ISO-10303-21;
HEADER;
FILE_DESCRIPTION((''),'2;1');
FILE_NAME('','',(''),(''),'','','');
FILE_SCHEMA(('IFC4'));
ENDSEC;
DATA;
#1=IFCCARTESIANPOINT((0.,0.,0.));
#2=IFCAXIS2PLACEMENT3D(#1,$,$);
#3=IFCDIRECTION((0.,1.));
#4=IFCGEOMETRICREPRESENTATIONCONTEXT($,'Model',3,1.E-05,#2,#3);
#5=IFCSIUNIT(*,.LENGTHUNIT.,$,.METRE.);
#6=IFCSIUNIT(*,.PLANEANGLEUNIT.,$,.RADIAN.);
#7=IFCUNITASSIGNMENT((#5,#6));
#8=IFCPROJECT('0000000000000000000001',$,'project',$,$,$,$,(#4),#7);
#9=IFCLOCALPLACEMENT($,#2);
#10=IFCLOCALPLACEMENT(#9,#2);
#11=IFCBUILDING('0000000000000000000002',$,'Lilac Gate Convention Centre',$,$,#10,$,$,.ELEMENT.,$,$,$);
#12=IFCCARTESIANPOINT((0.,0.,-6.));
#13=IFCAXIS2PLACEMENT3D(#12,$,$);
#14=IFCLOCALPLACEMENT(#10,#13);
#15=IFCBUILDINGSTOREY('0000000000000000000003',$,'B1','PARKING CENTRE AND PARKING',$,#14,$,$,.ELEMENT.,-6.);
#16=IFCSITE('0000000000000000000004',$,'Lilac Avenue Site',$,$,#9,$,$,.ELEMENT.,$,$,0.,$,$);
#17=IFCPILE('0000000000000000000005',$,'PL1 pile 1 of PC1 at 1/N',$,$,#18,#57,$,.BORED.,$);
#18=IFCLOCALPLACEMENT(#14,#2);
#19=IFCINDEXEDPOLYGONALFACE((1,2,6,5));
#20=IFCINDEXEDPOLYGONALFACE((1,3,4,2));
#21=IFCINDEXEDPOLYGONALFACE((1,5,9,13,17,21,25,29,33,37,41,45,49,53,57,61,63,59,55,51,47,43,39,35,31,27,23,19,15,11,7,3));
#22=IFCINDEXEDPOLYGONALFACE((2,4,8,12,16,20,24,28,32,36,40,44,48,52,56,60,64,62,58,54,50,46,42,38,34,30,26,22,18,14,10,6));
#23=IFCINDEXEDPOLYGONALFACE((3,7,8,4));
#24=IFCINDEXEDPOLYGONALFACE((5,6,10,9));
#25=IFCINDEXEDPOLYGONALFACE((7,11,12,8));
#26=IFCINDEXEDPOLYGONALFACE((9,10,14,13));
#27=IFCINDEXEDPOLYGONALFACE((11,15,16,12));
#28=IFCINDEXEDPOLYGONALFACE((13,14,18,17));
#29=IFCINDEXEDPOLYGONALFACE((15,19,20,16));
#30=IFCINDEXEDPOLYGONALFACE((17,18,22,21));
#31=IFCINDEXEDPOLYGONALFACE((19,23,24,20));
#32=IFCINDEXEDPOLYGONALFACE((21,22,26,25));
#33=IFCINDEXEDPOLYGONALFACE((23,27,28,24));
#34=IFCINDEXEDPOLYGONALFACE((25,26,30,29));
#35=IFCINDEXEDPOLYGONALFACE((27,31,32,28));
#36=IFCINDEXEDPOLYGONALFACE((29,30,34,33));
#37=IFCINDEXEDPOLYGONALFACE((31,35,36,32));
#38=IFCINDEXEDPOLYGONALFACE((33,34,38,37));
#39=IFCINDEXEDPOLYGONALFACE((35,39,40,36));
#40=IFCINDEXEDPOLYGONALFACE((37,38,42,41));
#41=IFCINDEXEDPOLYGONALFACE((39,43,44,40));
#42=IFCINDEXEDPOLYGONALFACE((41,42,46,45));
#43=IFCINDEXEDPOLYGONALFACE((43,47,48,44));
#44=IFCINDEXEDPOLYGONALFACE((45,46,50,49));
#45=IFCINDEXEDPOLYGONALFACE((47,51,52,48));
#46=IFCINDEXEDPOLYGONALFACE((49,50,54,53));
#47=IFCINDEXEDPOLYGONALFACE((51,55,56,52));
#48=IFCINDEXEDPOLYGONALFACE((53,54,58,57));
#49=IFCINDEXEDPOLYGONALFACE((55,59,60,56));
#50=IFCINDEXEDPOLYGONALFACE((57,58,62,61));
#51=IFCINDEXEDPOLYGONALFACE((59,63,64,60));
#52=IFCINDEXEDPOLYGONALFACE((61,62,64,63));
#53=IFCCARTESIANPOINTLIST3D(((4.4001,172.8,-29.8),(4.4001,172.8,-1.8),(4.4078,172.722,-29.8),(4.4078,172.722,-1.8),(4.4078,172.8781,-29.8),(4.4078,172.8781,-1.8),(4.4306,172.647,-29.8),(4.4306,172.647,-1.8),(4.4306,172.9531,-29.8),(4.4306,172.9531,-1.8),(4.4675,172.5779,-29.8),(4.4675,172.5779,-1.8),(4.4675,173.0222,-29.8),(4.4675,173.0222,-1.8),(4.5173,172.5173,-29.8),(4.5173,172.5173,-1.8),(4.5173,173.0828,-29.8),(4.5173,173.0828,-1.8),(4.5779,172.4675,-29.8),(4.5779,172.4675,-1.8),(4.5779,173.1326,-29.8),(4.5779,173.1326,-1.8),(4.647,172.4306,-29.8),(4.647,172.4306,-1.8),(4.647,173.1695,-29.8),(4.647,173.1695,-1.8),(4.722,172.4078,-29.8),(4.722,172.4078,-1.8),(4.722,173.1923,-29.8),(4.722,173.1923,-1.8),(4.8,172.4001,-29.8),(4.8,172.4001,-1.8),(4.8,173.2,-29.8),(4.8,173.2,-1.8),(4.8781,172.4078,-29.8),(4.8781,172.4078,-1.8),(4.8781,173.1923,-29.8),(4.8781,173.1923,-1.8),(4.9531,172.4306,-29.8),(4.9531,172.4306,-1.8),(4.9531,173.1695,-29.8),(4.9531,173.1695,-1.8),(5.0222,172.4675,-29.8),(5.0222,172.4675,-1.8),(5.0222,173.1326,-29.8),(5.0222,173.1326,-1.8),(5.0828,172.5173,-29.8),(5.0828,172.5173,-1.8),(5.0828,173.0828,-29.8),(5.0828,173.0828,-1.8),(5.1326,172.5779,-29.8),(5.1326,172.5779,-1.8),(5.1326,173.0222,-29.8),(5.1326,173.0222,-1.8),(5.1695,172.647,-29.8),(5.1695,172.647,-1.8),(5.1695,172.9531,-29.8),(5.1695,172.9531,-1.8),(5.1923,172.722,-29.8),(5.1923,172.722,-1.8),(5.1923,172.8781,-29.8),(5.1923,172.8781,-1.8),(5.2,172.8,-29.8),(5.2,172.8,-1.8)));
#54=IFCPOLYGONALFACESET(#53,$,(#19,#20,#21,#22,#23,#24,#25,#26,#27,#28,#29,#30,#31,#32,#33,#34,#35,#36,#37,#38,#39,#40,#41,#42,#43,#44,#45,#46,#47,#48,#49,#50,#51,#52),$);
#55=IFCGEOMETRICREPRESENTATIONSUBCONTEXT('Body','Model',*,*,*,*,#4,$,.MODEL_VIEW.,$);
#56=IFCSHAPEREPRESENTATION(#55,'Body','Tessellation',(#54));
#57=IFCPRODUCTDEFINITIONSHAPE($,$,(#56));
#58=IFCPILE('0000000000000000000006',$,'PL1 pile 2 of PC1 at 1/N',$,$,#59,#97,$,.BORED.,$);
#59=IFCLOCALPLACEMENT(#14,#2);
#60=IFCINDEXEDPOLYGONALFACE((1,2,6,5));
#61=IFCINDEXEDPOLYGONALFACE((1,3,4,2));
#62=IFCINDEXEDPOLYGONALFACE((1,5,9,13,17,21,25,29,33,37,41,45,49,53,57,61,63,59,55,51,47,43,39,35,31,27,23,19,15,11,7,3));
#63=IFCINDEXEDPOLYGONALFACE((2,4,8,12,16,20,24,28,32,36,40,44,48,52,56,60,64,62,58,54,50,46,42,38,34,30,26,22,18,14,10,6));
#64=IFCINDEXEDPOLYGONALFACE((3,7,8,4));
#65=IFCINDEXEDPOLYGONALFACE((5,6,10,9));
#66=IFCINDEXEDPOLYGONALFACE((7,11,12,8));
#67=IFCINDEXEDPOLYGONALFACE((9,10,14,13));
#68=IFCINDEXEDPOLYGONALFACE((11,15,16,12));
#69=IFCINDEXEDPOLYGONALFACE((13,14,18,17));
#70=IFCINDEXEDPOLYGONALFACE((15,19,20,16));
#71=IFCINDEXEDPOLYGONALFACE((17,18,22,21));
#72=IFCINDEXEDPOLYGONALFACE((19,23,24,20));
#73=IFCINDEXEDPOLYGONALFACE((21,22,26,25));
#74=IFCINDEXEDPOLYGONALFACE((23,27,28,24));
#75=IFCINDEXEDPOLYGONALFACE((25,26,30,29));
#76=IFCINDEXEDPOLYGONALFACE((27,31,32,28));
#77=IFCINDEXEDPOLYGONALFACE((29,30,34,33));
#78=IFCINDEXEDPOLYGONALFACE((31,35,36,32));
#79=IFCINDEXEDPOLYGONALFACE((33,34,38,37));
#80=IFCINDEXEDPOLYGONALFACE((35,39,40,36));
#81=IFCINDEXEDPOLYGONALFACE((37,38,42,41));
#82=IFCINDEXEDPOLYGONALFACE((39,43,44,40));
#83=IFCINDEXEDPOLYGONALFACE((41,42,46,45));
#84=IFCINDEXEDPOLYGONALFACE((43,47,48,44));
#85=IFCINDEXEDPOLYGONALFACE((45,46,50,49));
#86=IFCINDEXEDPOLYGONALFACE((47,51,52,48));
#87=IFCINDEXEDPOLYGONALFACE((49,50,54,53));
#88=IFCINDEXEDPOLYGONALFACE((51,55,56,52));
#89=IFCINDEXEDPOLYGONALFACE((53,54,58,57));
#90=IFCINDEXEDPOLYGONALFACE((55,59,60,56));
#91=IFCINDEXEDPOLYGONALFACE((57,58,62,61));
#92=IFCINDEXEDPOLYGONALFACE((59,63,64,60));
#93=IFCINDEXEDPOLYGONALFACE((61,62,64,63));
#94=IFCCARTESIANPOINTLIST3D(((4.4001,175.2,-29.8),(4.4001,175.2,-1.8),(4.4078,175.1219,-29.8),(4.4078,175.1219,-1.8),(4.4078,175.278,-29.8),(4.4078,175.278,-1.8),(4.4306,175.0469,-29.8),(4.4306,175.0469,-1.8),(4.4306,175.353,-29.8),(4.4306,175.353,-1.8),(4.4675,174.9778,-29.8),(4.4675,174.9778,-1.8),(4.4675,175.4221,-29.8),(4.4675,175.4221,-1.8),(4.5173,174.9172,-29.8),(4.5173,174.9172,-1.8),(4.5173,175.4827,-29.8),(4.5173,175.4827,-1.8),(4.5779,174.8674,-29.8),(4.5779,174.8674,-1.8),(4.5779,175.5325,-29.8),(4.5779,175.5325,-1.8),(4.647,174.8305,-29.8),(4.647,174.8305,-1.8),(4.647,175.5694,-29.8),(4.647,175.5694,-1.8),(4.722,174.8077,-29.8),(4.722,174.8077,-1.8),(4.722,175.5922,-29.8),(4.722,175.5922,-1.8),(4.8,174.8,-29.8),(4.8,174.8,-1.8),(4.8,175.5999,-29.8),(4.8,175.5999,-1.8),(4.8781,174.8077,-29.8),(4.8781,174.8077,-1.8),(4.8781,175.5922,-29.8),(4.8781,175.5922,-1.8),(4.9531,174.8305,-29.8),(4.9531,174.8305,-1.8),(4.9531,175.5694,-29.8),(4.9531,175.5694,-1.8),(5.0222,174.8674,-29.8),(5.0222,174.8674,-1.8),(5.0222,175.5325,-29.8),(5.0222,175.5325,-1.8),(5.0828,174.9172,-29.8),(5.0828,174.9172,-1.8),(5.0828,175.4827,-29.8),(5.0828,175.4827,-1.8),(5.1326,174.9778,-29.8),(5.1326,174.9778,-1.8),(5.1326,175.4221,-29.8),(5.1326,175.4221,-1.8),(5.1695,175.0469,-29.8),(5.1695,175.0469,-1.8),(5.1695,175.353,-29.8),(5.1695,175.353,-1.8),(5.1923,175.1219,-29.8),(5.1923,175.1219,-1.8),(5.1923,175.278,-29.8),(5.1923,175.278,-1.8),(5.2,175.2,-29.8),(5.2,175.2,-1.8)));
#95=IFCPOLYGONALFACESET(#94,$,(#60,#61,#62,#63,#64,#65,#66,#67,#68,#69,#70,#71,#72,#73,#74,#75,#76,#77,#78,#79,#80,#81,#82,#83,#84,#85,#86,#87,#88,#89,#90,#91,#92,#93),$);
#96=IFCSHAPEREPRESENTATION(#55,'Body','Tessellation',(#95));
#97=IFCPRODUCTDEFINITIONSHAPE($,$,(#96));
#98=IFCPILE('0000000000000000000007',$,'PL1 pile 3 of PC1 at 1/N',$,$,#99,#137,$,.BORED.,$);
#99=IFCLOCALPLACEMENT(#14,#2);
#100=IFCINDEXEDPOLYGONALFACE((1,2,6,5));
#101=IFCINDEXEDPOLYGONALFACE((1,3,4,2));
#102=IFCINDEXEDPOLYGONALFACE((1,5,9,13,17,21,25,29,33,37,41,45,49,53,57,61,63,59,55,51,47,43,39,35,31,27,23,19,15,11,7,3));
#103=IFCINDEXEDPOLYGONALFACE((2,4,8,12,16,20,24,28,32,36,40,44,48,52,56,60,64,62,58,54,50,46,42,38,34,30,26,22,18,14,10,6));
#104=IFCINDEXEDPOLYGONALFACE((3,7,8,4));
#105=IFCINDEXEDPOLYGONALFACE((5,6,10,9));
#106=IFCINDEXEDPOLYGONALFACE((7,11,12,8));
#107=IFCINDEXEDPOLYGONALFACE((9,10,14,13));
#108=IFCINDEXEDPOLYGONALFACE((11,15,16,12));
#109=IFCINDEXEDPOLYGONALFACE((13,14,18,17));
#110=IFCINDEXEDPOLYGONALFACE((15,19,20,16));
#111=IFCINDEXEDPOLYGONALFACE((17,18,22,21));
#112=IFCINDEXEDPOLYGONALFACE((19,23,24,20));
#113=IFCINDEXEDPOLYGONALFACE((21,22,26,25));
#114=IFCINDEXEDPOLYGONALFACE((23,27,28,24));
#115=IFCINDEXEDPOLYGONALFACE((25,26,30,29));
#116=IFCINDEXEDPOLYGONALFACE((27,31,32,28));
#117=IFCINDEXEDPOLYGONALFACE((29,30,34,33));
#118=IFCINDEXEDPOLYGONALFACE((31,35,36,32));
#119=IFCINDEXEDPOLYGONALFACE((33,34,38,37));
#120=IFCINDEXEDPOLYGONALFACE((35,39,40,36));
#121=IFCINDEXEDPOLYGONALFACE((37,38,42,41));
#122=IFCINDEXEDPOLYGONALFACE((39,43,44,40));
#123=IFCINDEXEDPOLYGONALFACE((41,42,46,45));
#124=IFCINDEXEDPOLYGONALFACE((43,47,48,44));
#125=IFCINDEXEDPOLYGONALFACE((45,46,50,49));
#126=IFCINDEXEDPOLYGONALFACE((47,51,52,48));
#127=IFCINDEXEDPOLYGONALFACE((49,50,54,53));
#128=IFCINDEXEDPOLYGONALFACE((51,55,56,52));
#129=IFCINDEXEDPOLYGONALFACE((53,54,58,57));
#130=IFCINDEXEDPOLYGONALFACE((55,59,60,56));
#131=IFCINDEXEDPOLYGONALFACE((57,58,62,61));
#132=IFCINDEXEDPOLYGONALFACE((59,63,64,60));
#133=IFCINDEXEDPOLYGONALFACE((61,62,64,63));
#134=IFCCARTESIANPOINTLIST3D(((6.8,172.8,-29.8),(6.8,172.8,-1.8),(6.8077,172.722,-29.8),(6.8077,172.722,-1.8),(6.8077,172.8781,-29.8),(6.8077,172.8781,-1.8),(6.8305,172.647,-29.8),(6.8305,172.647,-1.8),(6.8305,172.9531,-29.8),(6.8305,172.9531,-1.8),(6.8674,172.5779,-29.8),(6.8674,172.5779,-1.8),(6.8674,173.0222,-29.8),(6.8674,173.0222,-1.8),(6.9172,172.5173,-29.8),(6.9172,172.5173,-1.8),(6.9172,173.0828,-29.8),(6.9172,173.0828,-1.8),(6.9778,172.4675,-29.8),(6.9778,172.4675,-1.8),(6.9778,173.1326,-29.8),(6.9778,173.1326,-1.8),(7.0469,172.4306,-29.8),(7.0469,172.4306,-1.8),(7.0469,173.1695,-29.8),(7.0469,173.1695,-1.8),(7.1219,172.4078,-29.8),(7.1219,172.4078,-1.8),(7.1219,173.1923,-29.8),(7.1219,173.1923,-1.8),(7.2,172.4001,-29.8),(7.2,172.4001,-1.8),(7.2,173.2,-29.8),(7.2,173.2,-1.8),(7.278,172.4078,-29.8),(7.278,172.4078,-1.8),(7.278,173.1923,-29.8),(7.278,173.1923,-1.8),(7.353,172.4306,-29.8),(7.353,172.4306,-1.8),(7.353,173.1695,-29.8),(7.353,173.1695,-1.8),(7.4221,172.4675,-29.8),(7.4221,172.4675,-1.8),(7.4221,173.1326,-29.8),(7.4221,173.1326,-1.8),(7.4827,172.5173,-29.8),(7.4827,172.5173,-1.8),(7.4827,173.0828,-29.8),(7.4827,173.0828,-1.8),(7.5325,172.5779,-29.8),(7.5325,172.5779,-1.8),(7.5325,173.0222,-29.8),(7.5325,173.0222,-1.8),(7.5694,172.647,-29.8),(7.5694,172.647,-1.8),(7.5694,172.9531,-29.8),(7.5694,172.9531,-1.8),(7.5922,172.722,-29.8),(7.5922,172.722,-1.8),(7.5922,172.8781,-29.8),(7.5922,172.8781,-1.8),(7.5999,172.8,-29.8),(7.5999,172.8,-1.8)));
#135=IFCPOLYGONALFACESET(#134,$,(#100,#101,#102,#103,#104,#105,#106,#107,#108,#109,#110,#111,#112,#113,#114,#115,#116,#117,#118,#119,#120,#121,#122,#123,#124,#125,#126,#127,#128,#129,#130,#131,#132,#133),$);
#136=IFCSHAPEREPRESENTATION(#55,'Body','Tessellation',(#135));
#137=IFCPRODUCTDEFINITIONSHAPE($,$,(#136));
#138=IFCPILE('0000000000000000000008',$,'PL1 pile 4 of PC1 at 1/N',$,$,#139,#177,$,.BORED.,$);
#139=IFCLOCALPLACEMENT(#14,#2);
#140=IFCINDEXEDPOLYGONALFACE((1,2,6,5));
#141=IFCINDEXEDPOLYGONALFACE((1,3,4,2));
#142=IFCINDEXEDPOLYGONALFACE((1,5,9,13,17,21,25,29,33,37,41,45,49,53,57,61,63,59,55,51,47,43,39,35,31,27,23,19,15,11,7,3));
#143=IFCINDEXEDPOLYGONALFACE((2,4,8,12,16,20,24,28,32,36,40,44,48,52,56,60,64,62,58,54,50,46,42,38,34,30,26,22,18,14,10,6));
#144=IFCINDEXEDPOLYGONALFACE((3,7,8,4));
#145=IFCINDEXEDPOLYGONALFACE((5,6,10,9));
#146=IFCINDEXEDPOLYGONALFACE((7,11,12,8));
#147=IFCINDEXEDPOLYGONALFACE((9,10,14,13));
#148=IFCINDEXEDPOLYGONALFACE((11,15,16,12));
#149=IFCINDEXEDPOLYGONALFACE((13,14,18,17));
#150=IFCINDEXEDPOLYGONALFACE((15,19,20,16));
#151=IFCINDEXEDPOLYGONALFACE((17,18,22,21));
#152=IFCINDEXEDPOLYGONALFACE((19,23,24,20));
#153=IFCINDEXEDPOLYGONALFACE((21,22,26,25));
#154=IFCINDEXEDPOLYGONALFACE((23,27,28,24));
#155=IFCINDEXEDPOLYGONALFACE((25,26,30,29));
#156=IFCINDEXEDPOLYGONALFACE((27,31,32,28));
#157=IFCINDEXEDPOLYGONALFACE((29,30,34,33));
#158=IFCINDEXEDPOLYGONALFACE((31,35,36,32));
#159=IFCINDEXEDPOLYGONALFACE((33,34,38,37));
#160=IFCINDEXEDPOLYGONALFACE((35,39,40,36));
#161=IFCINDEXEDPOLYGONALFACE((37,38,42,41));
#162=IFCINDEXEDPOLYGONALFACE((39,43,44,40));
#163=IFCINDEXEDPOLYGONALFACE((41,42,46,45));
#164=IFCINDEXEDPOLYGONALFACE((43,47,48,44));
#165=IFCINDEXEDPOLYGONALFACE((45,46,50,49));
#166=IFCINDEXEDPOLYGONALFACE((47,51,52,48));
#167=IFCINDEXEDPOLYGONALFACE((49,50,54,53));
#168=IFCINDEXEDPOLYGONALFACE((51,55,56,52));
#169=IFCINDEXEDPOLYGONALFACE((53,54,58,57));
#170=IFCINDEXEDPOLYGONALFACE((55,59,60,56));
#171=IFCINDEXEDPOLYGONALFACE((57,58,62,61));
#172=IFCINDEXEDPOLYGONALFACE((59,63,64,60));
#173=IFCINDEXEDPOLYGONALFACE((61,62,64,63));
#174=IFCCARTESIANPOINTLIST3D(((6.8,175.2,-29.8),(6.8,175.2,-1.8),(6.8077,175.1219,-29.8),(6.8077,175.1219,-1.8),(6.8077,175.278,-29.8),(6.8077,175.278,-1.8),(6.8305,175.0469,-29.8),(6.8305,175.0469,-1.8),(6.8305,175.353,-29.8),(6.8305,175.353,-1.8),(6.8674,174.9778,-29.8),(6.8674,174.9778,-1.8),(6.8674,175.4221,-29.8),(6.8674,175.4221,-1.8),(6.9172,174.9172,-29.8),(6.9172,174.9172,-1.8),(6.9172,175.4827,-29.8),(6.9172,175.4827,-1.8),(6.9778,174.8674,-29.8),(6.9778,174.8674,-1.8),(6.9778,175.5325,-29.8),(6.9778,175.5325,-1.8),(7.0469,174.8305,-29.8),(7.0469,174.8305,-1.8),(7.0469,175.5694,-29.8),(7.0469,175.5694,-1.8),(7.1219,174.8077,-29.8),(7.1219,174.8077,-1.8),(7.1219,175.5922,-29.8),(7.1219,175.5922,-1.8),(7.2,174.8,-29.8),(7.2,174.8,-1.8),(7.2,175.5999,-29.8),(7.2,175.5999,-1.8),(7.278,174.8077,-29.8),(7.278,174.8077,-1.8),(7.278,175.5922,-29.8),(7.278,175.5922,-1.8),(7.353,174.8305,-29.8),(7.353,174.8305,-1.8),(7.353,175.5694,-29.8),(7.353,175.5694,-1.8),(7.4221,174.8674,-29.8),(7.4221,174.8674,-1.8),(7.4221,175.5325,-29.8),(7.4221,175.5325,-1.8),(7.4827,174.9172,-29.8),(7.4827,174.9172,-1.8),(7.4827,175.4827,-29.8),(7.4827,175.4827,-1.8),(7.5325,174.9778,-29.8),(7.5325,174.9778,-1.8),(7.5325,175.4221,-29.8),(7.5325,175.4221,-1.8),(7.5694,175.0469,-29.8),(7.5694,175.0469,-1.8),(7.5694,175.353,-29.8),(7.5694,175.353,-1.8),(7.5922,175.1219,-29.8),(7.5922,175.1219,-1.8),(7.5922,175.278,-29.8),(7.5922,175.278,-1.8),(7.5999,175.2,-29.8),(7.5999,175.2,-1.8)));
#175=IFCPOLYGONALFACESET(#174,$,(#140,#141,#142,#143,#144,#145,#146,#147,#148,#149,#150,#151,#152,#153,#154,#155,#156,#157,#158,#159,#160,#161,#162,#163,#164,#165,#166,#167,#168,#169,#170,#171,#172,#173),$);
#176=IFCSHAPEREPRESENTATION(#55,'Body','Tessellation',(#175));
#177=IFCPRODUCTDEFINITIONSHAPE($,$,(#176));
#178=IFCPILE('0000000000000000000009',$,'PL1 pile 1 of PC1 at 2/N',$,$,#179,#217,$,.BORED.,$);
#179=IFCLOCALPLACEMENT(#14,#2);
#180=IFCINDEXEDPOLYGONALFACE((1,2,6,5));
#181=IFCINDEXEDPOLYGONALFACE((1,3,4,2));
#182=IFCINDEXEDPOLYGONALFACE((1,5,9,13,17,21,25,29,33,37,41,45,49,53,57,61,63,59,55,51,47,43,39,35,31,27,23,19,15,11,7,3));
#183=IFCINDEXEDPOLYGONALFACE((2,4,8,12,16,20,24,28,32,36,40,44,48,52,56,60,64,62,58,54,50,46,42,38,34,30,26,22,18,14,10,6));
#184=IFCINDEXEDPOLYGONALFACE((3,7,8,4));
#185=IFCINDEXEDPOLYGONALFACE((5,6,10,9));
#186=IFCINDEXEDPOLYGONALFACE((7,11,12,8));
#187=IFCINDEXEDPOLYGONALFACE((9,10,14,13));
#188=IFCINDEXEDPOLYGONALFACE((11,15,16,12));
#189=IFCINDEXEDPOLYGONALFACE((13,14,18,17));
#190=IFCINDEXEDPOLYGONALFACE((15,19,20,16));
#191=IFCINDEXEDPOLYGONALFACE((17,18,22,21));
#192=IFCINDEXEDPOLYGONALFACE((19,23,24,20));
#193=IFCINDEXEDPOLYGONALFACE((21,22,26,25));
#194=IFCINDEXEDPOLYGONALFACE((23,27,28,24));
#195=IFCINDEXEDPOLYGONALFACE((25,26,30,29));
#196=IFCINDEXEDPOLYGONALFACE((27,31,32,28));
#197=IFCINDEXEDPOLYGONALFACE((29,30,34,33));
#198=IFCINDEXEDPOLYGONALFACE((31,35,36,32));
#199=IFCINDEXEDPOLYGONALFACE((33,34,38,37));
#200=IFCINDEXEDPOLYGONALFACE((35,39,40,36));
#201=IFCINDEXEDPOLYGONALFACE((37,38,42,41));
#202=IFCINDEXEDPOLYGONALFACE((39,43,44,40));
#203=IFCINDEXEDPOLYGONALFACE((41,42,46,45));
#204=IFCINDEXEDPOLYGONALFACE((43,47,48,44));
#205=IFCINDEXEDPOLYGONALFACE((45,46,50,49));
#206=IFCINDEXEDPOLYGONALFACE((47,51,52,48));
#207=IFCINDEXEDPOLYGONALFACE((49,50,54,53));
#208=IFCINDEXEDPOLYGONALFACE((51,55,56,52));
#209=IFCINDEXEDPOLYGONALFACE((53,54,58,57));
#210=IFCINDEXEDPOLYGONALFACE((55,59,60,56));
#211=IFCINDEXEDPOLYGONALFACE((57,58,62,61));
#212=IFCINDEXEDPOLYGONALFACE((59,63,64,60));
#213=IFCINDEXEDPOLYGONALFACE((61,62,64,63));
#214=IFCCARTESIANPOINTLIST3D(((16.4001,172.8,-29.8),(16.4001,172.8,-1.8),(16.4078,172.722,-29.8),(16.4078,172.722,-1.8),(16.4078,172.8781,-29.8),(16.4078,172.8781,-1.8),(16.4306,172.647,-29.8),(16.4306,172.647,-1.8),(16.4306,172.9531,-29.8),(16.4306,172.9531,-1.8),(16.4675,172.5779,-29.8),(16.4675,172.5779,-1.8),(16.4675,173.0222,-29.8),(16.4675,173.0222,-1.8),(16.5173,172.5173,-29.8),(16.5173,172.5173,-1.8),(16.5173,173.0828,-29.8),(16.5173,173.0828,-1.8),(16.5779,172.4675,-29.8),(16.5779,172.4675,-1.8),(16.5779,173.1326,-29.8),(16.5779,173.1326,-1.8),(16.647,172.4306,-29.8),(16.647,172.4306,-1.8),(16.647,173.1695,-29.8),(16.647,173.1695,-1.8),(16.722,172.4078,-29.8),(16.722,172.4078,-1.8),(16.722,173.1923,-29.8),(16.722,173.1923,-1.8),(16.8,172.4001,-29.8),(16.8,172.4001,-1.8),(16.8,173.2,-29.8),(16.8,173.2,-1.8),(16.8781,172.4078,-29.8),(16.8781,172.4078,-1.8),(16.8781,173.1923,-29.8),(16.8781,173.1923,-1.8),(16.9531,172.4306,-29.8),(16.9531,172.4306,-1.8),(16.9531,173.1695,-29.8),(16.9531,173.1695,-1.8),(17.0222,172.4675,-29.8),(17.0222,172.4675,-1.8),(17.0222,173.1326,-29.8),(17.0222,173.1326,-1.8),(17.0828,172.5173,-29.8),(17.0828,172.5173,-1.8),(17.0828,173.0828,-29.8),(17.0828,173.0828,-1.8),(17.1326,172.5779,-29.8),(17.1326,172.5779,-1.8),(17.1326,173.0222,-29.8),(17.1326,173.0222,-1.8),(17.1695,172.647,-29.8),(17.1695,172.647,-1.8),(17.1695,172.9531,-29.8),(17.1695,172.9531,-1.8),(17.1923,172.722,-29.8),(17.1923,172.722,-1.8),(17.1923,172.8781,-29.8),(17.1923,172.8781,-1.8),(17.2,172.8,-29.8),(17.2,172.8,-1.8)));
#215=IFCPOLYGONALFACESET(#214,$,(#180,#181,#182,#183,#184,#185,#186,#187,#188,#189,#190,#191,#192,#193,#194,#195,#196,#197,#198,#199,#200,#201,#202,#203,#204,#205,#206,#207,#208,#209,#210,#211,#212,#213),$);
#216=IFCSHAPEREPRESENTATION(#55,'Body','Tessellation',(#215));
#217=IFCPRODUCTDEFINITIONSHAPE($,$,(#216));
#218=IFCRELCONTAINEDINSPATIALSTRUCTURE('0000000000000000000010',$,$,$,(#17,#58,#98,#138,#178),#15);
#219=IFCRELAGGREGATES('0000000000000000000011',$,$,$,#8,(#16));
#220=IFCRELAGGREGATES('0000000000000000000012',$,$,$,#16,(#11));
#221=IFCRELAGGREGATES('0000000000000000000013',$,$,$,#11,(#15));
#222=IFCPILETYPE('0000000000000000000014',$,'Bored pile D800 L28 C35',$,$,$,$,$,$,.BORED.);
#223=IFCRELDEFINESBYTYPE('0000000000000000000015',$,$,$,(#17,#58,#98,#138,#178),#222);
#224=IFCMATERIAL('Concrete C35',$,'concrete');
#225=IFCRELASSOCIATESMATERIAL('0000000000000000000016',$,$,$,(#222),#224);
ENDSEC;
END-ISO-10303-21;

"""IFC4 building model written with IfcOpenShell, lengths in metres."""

from ifc_helpers import new_model, si_unit, direction, frame, origin, origin_2d, place, context, subcontext, project, spatial, circle, extrude, material, material_profile, profile_set, type_object, element, save


model = new_model("IFC4")

# Units and contexts
model_context = context("Model", 3, precision=1e-05, world=origin(), true_north=direction((0.0, 1.0)))
body_context = subcontext(model_context, "Body", "Model", "MODEL_VIEW")
ifc_project = project(units=[si_unit("LENGTHUNIT", "METRE"), si_unit("PLANEANGLEUNIT", "RADIAN")], contexts=[model_context])

# Site, building, storey
site_placement = place(None, origin())
site = spatial("IfcSite", under=ifc_project, at=site_placement, Name="Lilac Avenue Site", CompositionType="ELEMENT", RefElevation=0.0)
building_placement = place(site_placement, origin())
building = spatial("IfcBuilding", under=site, at=building_placement, Name="Lilac Gate Convention Centre", CompositionType="ELEMENT")
storey_placement = place(building_placement, frame((0.0, 0.0, -6.0)))
storey = spatial("IfcBuildingStorey", under=building, at=storey_placement, Name="B1", Description="PARKING CENTRE AND PARKING", CompositionType="ELEMENT", Elevation=-6.0)

# Piles
ifc_material_1 = material(Name="Concrete C35", Category="concrete")
ifc_material_profile_1 = material_profile(ifc_material_1, circle(Radius=0.3999, at=origin_2d()), Name="D800")
ifc_profile_set_1 = profile_set([ifc_material_profile_1], Name="Concrete C35")
pile_type = type_object("IfcPileType", Name="Bored pile D800 L28 C35", PredefinedType="BORED", material=ifc_profile_set_1)
for number, where, z_axis, x_axis, name in (
    (1, (4.8, 172.8, -1.8), (0.0, 0.0, -1.0), (1.0, 0.0, 0.0), "PL1 pile 1 of PC1 at 1/N"),
    (2, (4.8, 175.2, -1.8), (0.0, 0.0, -1.0), (1.0, 0.0, 0.0), "PL1 pile 2 of PC1 at 1/N"),
    (3, (7.2, 172.8, -1.8), (0.0, 0.0, -1.0), (1.0, 0.0, 0.0), "PL1 pile 3 of PC1 at 1/N"),
    (4, (7.2, 175.2, -1.8), (0.0, 0.0, -1.0), (1.0, 0.0, 0.0), "PL1 pile 4 of PC1 at 1/N"),
    (5, (16.8, 172.8, -1.8), (0.0, 0.0, -1.0), (1.0, 0.0, 0.0), "PL1 pile 1 of PC1 at 2/N"),
):
    element("IfcPile", number, at=place(storey_placement, frame(where, z_axis=z_axis, x_axis=x_axis)), inside=storey, type_object=pile_type, Name=name, PredefinedType="BORED", context=body_context, shape_type="SweptSolid", body=[
        extrude(circle(Radius=0.3999, at=origin_2d()), origin(), (0.0, 0.0, 1.0), 28.0),
    ])

save(model, "model.ifc")
